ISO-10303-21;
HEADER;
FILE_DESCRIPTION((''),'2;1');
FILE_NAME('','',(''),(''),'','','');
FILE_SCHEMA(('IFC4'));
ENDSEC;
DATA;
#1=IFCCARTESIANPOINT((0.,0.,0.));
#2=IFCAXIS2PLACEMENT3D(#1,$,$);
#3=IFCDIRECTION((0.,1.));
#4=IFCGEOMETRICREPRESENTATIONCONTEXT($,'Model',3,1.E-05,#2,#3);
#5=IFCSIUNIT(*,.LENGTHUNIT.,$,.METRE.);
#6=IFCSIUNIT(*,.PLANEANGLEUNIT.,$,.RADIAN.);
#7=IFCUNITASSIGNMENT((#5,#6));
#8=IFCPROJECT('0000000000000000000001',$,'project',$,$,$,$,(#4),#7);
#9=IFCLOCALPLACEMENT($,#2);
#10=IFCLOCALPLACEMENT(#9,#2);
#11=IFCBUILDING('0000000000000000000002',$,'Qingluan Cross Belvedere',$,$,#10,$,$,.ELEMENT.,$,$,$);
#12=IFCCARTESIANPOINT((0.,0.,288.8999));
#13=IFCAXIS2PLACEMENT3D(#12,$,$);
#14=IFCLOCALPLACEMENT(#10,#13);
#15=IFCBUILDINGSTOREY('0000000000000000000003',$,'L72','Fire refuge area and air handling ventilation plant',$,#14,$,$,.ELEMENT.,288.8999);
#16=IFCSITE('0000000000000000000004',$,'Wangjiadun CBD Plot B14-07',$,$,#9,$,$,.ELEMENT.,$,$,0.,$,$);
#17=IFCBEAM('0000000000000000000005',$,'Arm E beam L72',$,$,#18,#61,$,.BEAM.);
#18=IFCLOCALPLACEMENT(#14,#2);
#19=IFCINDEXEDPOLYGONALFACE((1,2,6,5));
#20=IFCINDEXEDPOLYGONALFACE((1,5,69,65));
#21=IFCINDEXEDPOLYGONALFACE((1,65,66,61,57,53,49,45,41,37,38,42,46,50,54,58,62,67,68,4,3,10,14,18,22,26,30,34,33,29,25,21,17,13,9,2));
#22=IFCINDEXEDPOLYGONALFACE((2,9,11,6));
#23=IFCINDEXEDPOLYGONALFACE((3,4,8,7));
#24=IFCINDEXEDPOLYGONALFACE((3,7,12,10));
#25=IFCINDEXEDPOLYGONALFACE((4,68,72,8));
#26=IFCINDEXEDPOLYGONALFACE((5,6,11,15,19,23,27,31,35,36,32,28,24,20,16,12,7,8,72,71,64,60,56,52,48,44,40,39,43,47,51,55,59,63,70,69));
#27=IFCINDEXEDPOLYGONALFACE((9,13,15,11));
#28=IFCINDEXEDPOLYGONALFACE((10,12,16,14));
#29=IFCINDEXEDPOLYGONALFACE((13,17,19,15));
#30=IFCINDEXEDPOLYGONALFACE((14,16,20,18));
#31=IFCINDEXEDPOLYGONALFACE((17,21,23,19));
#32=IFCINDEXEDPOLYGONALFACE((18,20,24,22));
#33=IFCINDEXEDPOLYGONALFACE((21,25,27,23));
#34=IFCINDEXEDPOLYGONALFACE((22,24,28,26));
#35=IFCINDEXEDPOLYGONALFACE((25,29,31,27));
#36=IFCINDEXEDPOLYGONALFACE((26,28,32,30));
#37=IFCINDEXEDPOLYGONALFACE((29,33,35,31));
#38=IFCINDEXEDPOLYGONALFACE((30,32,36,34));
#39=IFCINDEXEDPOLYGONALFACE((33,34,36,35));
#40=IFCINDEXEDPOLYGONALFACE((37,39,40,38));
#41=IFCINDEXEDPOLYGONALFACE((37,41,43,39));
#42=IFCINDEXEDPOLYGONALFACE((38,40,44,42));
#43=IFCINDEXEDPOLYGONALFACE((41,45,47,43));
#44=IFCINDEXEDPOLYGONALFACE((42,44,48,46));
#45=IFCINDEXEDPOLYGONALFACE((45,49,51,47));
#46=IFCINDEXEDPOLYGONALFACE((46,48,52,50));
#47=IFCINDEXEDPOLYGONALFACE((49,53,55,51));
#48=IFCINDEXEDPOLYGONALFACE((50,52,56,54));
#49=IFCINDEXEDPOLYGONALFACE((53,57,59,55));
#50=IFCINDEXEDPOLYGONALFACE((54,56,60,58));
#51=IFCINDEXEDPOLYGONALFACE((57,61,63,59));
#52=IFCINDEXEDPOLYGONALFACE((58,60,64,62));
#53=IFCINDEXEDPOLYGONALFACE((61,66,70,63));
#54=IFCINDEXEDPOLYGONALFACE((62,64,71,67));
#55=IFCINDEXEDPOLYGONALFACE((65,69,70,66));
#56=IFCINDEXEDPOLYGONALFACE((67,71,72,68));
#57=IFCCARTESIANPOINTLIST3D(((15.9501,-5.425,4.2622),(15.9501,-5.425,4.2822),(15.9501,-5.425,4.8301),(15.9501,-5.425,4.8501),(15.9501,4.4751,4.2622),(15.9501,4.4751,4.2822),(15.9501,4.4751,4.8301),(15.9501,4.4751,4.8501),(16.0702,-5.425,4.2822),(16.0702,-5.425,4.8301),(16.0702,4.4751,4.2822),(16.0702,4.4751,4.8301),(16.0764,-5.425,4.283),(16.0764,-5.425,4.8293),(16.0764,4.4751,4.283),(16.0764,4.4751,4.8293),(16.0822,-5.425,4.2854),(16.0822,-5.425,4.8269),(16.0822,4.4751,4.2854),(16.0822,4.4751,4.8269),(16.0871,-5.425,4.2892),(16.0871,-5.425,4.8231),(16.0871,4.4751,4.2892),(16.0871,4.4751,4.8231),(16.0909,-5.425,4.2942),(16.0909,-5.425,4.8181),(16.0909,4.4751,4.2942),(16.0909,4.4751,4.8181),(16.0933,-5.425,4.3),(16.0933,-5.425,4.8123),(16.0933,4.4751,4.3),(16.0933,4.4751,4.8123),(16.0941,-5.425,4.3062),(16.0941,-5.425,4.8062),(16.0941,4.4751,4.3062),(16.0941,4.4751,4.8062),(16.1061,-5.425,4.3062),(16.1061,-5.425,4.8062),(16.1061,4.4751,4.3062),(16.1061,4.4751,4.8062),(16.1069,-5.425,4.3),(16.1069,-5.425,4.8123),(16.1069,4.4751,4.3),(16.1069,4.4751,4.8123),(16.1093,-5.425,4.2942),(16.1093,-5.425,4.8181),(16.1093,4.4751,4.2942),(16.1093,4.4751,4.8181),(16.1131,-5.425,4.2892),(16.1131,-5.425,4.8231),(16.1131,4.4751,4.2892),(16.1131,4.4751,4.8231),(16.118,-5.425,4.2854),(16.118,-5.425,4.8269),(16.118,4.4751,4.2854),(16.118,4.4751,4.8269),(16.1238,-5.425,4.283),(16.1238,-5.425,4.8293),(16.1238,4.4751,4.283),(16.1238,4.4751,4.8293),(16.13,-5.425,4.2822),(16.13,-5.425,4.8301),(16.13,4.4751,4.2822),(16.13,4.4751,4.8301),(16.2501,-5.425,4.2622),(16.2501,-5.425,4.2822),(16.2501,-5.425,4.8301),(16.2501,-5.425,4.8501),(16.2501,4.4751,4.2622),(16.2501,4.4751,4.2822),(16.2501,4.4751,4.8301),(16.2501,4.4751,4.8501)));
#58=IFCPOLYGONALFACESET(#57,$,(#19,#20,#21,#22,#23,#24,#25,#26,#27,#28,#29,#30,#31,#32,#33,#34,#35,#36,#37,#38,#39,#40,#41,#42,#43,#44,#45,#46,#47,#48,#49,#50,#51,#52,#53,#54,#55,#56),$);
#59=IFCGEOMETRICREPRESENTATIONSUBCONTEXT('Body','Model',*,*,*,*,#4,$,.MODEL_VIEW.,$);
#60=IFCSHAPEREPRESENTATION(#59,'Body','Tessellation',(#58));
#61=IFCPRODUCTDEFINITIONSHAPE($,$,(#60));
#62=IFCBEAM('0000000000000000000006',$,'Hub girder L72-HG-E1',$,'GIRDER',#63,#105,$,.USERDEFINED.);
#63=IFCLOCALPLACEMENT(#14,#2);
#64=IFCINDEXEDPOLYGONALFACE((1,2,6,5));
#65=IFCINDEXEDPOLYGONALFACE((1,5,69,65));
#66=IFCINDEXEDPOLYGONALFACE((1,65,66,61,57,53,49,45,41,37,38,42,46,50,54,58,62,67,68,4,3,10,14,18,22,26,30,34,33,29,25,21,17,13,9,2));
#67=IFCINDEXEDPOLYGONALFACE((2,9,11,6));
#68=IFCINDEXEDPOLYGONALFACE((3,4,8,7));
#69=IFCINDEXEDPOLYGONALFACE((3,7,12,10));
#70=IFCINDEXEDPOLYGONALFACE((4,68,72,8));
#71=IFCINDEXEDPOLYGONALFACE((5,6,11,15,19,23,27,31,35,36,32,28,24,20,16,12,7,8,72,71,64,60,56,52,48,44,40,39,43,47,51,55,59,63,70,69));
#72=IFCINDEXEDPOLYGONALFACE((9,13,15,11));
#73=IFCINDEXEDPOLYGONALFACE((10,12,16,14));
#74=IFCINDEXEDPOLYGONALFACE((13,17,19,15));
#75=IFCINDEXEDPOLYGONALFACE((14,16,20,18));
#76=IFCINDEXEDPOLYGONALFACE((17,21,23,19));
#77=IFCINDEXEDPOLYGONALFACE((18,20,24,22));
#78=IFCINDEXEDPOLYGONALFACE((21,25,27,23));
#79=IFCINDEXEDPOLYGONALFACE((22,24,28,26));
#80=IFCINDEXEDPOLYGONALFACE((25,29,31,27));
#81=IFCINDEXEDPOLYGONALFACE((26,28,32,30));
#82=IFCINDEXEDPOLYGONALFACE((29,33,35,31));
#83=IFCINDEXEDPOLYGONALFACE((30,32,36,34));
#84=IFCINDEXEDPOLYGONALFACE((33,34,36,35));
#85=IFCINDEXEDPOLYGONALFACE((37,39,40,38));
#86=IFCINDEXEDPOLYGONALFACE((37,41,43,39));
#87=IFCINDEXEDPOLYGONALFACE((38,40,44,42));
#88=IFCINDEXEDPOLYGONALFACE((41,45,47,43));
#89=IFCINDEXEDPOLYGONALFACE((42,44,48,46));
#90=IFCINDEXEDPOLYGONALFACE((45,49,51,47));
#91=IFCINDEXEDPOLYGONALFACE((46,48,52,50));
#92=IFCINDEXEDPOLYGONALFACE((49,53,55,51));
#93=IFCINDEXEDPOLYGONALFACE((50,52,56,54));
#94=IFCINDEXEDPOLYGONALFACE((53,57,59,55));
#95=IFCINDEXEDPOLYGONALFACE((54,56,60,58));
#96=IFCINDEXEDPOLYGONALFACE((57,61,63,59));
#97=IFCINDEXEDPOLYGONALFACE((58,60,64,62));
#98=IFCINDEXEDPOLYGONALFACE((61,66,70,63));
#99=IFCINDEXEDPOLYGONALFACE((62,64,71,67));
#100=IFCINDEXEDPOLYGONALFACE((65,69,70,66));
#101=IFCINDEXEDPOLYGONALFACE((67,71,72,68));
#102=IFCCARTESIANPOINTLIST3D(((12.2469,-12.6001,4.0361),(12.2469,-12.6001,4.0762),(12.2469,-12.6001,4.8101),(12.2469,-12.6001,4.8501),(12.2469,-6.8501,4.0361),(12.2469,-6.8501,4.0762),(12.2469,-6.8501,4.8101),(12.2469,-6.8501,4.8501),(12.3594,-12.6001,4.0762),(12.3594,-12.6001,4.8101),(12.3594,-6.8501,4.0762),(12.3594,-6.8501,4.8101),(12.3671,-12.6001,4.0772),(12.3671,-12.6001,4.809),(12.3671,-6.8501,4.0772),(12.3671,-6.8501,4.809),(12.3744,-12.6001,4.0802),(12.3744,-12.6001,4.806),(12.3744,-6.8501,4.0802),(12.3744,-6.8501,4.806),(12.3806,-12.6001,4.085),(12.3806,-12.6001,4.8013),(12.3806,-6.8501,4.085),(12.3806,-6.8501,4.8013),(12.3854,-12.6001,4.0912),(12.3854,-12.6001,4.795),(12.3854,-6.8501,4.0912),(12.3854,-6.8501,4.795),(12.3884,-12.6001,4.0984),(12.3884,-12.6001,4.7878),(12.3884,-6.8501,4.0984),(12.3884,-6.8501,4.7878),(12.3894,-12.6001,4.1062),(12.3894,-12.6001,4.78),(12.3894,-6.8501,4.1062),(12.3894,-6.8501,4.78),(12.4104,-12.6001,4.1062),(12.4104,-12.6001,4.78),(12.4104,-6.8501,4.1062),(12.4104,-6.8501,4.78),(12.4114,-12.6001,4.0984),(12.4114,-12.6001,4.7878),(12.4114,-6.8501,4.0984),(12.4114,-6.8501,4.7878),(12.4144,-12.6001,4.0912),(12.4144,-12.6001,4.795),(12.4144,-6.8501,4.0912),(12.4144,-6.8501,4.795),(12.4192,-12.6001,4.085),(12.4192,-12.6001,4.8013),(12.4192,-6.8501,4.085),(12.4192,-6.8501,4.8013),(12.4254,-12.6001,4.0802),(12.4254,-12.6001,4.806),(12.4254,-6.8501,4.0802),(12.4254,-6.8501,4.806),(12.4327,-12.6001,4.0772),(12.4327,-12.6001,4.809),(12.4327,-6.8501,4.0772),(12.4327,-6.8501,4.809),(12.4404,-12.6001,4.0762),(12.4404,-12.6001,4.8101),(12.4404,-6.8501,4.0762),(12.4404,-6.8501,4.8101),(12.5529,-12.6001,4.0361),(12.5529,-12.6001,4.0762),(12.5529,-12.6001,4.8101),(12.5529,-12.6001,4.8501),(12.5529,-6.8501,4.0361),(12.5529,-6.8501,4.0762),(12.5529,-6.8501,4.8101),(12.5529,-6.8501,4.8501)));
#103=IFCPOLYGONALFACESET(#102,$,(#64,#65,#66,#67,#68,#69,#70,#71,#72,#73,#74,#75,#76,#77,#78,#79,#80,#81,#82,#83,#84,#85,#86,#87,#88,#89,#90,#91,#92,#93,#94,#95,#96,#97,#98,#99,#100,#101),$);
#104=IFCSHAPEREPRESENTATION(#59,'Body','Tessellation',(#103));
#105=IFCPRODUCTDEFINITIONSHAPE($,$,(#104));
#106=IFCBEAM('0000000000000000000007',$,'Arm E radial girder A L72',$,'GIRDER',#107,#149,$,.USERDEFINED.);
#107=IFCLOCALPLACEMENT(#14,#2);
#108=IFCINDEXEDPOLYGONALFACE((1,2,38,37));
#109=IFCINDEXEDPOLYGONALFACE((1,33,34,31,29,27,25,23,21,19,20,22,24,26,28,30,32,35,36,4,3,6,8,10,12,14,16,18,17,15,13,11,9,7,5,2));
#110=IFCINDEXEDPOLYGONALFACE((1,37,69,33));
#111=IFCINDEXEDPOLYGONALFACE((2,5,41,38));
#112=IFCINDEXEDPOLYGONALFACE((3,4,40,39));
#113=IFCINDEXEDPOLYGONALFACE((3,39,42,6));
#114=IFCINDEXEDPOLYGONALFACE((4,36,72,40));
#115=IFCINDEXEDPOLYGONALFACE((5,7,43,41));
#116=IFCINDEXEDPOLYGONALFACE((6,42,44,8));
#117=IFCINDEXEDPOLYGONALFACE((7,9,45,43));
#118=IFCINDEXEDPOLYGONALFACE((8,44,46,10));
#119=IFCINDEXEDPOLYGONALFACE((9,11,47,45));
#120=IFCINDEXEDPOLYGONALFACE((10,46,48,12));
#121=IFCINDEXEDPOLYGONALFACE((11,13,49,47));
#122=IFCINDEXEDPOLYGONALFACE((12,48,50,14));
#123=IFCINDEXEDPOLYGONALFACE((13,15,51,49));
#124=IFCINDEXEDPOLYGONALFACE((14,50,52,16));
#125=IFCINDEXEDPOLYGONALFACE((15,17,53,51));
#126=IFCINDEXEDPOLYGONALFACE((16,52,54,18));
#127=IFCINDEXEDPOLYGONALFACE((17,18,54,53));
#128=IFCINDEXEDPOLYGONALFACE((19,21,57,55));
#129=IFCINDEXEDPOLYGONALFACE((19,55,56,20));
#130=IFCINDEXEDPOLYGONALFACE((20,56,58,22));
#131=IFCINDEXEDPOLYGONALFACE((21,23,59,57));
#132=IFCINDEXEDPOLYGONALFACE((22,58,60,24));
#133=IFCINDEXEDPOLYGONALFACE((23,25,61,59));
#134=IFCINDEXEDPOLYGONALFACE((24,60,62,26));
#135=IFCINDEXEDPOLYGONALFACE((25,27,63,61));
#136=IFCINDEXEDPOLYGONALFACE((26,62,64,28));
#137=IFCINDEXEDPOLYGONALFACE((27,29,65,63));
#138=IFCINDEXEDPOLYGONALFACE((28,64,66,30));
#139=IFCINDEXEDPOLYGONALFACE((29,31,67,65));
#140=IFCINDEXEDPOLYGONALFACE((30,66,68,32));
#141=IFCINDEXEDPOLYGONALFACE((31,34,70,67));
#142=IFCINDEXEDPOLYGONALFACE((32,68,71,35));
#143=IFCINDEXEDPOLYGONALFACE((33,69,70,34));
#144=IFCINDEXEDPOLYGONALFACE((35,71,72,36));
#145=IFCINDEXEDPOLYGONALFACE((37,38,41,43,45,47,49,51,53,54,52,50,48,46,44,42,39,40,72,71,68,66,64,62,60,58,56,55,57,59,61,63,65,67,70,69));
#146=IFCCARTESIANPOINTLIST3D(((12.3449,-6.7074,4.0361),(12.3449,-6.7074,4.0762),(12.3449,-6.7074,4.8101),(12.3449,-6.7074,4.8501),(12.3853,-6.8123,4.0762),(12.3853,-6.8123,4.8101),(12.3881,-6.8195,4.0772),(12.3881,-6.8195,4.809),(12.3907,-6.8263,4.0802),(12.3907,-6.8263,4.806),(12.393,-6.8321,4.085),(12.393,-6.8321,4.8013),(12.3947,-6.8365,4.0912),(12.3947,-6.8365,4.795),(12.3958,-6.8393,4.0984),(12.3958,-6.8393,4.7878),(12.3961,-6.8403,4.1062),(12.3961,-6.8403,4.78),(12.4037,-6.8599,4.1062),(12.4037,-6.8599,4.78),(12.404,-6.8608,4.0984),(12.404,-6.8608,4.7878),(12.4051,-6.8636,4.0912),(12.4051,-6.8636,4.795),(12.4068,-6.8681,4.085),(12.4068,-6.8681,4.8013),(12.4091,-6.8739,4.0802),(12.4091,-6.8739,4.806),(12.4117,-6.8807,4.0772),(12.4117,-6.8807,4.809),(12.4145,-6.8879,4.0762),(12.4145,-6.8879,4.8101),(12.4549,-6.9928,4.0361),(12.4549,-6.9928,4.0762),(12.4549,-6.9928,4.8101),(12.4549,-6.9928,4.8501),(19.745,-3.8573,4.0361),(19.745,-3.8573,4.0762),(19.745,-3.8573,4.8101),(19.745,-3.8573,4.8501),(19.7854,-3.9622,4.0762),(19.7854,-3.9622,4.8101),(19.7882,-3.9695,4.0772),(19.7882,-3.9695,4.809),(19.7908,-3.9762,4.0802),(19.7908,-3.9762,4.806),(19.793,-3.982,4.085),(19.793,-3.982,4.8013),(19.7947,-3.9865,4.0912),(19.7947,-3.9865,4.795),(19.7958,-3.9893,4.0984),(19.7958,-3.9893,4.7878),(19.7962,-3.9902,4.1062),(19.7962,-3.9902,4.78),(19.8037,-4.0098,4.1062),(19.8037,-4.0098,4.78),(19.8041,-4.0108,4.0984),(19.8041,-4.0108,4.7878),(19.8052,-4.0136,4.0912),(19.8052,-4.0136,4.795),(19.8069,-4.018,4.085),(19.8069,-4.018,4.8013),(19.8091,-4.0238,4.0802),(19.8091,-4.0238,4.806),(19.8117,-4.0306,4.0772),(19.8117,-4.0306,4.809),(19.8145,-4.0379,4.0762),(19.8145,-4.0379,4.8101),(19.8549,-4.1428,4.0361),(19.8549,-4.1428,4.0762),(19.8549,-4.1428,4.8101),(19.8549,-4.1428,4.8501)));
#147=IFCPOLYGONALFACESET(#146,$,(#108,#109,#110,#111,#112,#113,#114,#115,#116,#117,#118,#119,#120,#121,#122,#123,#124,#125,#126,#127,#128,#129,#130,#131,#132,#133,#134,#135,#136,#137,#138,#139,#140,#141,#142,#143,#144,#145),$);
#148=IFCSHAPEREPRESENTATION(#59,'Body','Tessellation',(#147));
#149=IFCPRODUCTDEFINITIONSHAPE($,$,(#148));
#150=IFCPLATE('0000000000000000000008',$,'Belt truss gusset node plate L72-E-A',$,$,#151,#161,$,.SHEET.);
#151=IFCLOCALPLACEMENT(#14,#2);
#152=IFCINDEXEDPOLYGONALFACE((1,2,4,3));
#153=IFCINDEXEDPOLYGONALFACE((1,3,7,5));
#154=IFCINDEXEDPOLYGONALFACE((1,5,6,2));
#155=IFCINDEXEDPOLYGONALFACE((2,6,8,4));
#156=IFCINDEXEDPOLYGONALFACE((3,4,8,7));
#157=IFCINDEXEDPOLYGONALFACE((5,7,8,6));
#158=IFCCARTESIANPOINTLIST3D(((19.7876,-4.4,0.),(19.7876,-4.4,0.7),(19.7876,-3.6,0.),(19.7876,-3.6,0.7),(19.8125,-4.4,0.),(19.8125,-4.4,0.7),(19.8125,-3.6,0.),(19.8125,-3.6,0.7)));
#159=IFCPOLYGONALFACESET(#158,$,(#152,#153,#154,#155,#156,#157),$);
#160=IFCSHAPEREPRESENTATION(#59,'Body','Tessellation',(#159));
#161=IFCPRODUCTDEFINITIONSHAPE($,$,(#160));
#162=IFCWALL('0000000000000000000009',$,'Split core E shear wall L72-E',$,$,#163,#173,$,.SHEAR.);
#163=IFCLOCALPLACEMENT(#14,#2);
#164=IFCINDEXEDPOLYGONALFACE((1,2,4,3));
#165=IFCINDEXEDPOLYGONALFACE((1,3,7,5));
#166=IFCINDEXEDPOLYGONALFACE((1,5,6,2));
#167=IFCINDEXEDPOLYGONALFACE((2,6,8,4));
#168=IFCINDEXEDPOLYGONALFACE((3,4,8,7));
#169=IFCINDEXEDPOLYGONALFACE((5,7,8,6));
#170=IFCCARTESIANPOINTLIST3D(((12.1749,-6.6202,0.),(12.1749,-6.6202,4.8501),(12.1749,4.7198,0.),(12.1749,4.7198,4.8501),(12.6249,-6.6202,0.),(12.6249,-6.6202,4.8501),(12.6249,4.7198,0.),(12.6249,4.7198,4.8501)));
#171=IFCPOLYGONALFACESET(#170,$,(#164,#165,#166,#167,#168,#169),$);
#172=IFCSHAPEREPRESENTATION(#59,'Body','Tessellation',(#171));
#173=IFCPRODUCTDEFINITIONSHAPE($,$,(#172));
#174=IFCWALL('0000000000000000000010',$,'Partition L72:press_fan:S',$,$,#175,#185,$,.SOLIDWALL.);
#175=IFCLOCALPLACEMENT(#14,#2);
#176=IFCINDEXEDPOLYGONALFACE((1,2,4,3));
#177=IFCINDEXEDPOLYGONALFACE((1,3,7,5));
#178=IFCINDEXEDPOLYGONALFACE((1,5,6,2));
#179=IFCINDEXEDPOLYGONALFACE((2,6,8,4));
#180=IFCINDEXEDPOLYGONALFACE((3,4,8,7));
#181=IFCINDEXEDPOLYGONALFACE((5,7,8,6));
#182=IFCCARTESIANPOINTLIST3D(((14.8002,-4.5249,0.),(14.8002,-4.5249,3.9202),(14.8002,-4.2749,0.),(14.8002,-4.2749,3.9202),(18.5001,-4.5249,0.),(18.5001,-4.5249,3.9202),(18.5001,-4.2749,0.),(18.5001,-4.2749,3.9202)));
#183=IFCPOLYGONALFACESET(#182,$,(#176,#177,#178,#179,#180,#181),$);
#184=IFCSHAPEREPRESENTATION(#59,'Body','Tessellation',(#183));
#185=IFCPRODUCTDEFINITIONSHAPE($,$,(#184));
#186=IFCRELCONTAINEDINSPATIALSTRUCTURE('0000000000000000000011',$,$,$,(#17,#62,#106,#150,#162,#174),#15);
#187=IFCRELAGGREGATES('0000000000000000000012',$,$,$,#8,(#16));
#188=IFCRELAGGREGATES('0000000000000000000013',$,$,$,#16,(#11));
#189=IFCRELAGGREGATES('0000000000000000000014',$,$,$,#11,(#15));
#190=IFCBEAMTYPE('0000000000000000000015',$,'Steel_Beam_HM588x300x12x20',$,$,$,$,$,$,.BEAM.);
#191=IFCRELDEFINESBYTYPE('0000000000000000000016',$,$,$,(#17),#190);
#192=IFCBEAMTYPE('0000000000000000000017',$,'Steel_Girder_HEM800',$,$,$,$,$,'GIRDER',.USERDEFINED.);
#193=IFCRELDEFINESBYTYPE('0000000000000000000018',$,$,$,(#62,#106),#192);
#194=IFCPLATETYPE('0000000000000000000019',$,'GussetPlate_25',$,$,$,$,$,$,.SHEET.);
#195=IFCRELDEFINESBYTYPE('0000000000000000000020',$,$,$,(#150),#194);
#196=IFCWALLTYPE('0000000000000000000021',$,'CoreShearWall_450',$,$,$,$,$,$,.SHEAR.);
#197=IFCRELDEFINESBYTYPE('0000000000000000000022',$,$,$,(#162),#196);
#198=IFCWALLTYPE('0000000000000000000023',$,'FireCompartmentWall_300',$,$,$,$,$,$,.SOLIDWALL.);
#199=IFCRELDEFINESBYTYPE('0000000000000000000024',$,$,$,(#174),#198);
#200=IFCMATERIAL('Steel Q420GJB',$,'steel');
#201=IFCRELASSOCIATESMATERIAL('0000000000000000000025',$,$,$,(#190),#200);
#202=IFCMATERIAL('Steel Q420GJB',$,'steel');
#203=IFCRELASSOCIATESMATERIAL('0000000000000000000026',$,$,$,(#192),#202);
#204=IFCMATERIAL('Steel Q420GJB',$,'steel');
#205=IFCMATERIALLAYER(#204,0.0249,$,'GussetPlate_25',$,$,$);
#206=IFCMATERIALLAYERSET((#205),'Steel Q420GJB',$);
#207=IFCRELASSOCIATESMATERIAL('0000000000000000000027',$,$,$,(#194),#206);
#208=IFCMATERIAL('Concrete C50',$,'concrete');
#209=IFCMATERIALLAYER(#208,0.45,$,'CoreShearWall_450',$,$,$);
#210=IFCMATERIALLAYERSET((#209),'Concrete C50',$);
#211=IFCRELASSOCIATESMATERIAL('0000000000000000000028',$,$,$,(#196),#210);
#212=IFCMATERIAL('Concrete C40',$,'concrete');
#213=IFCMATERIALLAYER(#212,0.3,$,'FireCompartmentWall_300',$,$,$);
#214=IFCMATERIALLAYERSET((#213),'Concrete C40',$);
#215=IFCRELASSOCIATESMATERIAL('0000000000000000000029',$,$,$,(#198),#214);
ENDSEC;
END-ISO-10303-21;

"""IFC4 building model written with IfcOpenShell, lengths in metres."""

from ifc_helpers import new_model, si_unit, direction, frame, frame_2d, origin, origin_2d, place, context, subcontext, project, spatial, rectangle, i_section, extrude, material, layer, layer_set, material_profile, profile_set, type_object, element, save


model = new_model("IFC4")

# Units and contexts
model_context = context("Model", 3, precision=1e-05, world=origin(), true_north=direction((0.0, 1.0)))
body_context = subcontext(model_context, "Body", "Model", "MODEL_VIEW")
ifc_project = project(units=[si_unit("LENGTHUNIT", "METRE"), si_unit("PLANEANGLEUNIT", "RADIAN")], contexts=[model_context])

# Site, building, storey
site_placement = place(None, origin())
site = spatial("IfcSite", under=ifc_project, at=site_placement, Name="Wangjiadun CBD Plot B14-07", CompositionType="ELEMENT", RefElevation=0.0)
building_placement = place(site_placement, origin())
building = spatial("IfcBuilding", under=site, at=building_placement, Name="Qingluan Cross Belvedere", CompositionType="ELEMENT")
storey_placement = place(building_placement, frame((0.0, 0.0, 288.8999)))
storey = spatial("IfcBuildingStorey", under=building, at=storey_placement, Name="L72", Description="Fire refuge area and air handling ventilation plant", CompositionType="ELEMENT", Elevation=288.8999)

# Beams
ifc_material_1 = material(Name="Steel Q420GJB", Category="steel")
ifc_material_profile_1 = material_profile(ifc_material_1, i_section(OverallWidth=0.3, OverallDepth=0.5879, WebThickness=0.012, FlangeThickness=0.02, FilletRadius=0.0239, at=origin_2d()), Name="HM588x300x12x20")
ifc_profile_set_1 = profile_set([ifc_material_profile_1], Name="Steel Q420GJB")
beam_type_1 = type_object("IfcBeamType", Name="Steel_Beam_HM588x300x12x20", PredefinedType="BEAM", material=ifc_profile_set_1)
beam_1_placement = place(storey_placement, frame((16.1001, -5.425, 4.5562), z_axis=(0.0, 1.0, 0.0), x_axis=(-1.0, 0.0, 0.0)))
element("IfcBeam", 1, at=beam_1_placement, inside=storey, type_object=beam_type_1, Name="Arm E beam L72", PredefinedType="BEAM", context=body_context, shape_type="SweptSolid", body=[
    extrude(i_section(OverallWidth=0.3, OverallDepth=0.5879, WebThickness=0.012, FlangeThickness=0.02, FilletRadius=0.0239, at=origin_2d()), origin(), (0.0, 0.0, 1.0), 9.9001),
])
ifc_material_2 = material(Name="Steel Q420GJB", Category="steel")
ifc_material_profile_2 = material_profile(ifc_material_2, i_section(OverallWidth=0.3059, OverallDepth=0.814, WebThickness=0.021, FlangeThickness=0.04, FilletRadius=0.03, at=origin_2d()), Name="HEM800")
ifc_profile_set_2 = profile_set([ifc_material_profile_2], Name="Steel Q420GJB")
beam_type_2 = type_object("IfcBeamType", Name="Steel_Girder_HEM800", ElementType="GIRDER", PredefinedType="USERDEFINED", material=ifc_profile_set_2)
beam_2_placement = place(storey_placement, frame((12.3999, -12.6001, 4.4431), z_axis=(0.0, 1.0, 0.0), x_axis=(-1.0, 0.0, 0.0)))
element("IfcBeam", 2, at=beam_2_placement, inside=storey, type_object=beam_type_2, Name="Hub girder L72-HG-E1", ObjectType="GIRDER", PredefinedType="USERDEFINED", context=body_context, shape_type="SweptSolid", body=[
    extrude(i_section(OverallWidth=0.3059, OverallDepth=0.814, WebThickness=0.021, FlangeThickness=0.04, FilletRadius=0.03, at=origin_2d()), origin(), (0.0, 0.0, 1.0), 5.75),
])
beam_3_placement = place(storey_placement, frame((12.3999, -6.8501, 4.4431), z_axis=(0.933181, 0.359406, 0.0), x_axis=(-0.359406, 0.933181, 0.0)))
element("IfcBeam", 3, at=beam_3_placement, inside=storey, type_object=beam_type_2, Name="Arm E radial girder A L72", ObjectType="GIRDER", PredefinedType="USERDEFINED", context=body_context, shape_type="SweptSolid", body=[
    extrude(i_section(OverallWidth=0.3059, OverallDepth=0.814, WebThickness=0.021, FlangeThickness=0.04, FilletRadius=0.03, at=origin_2d()), origin(), (0.0, 0.0, 1.0), 7.9299),
])

# Plate
ifc_material_3 = material(Name="Steel Q420GJB", Category="steel")
ifc_layer_1 = layer(ifc_material_3, 0.0249, Name="GussetPlate_25")
ifc_layer_set_1 = layer_set([ifc_layer_1], Name="Steel Q420GJB")
plate_type = type_object("IfcPlateType", Name="GussetPlate_25", PredefinedType="SHEET", material=ifc_layer_set_1)
plate_placement = place(storey_placement, frame((19.8, -4.0, 0.0), z_axis=(0.0, 0.0, 1.0), x_axis=(0.0, 1.0, 0.0)))
element("IfcPlate", 4, at=plate_placement, inside=storey, type_object=plate_type, Name="Belt truss gusset node plate L72-E-A", PredefinedType="SHEET", context=body_context, shape_type="SweptSolid", body=[
    extrude(rectangle(XDim=0.8, YDim=0.0249, at=origin_2d()), origin(), (0.0, 0.0, 1.0), 0.7),
])

# Walls
ifc_material_4 = material(Name="Concrete C50", Category="concrete")
ifc_layer_2 = layer(ifc_material_4, 0.45, Name="CoreShearWall_450")
ifc_layer_set_2 = layer_set([ifc_layer_2], Name="Concrete C50")
wall_type_1 = type_object("IfcWallType", Name="CoreShearWall_450", PredefinedType="SHEAR", material=ifc_layer_set_2)
wall_1_placement = place(storey_placement, frame((12.3999, -6.6201, 0.0), z_axis=(0.0, 0.0, 1.0), x_axis=(0.0, 1.0, 0.0)))
element("IfcWall", 5, at=wall_1_placement, inside=storey, type_object=wall_type_1, Name="Split core E shear wall L72-E", PredefinedType="SHEAR", context=body_context, shape_type="SweptSolid", body=[
    extrude(rectangle(XDim=11.3401, YDim=0.45, at=frame_2d((5.6699, 0.0))), origin(), (0.0, 0.0, 1.0), 4.8501),
])
ifc_material_5 = material(Name="Concrete C40", Category="concrete")
ifc_layer_3 = layer(ifc_material_5, 0.3, Name="FireCompartmentWall_300")
ifc_layer_set_3 = layer_set([ifc_layer_3], Name="Concrete C40")
wall_type_2 = type_object("IfcWallType", Name="FireCompartmentWall_300", PredefinedType="SOLIDWALL", material=ifc_layer_set_3)
wall_2_placement = place(storey_placement, frame((14.8, -4.3999, 0.0), z_axis=(0.0, 0.0, 1.0), x_axis=(1.0, 0.0, 0.0)))
element("IfcWall", 6, at=wall_2_placement, inside=storey, type_object=wall_type_2, Name="Partition L72:press_fan:S", PredefinedType="SOLIDWALL", context=body_context, shape_type="SweptSolid", body=[
    extrude(rectangle(XDim=3.7, YDim=0.25, at=frame_2d((1.8501, 0.0))), origin(), (0.0, 0.0, 1.0), 3.9202),
])

save(model, "model.ifc")
